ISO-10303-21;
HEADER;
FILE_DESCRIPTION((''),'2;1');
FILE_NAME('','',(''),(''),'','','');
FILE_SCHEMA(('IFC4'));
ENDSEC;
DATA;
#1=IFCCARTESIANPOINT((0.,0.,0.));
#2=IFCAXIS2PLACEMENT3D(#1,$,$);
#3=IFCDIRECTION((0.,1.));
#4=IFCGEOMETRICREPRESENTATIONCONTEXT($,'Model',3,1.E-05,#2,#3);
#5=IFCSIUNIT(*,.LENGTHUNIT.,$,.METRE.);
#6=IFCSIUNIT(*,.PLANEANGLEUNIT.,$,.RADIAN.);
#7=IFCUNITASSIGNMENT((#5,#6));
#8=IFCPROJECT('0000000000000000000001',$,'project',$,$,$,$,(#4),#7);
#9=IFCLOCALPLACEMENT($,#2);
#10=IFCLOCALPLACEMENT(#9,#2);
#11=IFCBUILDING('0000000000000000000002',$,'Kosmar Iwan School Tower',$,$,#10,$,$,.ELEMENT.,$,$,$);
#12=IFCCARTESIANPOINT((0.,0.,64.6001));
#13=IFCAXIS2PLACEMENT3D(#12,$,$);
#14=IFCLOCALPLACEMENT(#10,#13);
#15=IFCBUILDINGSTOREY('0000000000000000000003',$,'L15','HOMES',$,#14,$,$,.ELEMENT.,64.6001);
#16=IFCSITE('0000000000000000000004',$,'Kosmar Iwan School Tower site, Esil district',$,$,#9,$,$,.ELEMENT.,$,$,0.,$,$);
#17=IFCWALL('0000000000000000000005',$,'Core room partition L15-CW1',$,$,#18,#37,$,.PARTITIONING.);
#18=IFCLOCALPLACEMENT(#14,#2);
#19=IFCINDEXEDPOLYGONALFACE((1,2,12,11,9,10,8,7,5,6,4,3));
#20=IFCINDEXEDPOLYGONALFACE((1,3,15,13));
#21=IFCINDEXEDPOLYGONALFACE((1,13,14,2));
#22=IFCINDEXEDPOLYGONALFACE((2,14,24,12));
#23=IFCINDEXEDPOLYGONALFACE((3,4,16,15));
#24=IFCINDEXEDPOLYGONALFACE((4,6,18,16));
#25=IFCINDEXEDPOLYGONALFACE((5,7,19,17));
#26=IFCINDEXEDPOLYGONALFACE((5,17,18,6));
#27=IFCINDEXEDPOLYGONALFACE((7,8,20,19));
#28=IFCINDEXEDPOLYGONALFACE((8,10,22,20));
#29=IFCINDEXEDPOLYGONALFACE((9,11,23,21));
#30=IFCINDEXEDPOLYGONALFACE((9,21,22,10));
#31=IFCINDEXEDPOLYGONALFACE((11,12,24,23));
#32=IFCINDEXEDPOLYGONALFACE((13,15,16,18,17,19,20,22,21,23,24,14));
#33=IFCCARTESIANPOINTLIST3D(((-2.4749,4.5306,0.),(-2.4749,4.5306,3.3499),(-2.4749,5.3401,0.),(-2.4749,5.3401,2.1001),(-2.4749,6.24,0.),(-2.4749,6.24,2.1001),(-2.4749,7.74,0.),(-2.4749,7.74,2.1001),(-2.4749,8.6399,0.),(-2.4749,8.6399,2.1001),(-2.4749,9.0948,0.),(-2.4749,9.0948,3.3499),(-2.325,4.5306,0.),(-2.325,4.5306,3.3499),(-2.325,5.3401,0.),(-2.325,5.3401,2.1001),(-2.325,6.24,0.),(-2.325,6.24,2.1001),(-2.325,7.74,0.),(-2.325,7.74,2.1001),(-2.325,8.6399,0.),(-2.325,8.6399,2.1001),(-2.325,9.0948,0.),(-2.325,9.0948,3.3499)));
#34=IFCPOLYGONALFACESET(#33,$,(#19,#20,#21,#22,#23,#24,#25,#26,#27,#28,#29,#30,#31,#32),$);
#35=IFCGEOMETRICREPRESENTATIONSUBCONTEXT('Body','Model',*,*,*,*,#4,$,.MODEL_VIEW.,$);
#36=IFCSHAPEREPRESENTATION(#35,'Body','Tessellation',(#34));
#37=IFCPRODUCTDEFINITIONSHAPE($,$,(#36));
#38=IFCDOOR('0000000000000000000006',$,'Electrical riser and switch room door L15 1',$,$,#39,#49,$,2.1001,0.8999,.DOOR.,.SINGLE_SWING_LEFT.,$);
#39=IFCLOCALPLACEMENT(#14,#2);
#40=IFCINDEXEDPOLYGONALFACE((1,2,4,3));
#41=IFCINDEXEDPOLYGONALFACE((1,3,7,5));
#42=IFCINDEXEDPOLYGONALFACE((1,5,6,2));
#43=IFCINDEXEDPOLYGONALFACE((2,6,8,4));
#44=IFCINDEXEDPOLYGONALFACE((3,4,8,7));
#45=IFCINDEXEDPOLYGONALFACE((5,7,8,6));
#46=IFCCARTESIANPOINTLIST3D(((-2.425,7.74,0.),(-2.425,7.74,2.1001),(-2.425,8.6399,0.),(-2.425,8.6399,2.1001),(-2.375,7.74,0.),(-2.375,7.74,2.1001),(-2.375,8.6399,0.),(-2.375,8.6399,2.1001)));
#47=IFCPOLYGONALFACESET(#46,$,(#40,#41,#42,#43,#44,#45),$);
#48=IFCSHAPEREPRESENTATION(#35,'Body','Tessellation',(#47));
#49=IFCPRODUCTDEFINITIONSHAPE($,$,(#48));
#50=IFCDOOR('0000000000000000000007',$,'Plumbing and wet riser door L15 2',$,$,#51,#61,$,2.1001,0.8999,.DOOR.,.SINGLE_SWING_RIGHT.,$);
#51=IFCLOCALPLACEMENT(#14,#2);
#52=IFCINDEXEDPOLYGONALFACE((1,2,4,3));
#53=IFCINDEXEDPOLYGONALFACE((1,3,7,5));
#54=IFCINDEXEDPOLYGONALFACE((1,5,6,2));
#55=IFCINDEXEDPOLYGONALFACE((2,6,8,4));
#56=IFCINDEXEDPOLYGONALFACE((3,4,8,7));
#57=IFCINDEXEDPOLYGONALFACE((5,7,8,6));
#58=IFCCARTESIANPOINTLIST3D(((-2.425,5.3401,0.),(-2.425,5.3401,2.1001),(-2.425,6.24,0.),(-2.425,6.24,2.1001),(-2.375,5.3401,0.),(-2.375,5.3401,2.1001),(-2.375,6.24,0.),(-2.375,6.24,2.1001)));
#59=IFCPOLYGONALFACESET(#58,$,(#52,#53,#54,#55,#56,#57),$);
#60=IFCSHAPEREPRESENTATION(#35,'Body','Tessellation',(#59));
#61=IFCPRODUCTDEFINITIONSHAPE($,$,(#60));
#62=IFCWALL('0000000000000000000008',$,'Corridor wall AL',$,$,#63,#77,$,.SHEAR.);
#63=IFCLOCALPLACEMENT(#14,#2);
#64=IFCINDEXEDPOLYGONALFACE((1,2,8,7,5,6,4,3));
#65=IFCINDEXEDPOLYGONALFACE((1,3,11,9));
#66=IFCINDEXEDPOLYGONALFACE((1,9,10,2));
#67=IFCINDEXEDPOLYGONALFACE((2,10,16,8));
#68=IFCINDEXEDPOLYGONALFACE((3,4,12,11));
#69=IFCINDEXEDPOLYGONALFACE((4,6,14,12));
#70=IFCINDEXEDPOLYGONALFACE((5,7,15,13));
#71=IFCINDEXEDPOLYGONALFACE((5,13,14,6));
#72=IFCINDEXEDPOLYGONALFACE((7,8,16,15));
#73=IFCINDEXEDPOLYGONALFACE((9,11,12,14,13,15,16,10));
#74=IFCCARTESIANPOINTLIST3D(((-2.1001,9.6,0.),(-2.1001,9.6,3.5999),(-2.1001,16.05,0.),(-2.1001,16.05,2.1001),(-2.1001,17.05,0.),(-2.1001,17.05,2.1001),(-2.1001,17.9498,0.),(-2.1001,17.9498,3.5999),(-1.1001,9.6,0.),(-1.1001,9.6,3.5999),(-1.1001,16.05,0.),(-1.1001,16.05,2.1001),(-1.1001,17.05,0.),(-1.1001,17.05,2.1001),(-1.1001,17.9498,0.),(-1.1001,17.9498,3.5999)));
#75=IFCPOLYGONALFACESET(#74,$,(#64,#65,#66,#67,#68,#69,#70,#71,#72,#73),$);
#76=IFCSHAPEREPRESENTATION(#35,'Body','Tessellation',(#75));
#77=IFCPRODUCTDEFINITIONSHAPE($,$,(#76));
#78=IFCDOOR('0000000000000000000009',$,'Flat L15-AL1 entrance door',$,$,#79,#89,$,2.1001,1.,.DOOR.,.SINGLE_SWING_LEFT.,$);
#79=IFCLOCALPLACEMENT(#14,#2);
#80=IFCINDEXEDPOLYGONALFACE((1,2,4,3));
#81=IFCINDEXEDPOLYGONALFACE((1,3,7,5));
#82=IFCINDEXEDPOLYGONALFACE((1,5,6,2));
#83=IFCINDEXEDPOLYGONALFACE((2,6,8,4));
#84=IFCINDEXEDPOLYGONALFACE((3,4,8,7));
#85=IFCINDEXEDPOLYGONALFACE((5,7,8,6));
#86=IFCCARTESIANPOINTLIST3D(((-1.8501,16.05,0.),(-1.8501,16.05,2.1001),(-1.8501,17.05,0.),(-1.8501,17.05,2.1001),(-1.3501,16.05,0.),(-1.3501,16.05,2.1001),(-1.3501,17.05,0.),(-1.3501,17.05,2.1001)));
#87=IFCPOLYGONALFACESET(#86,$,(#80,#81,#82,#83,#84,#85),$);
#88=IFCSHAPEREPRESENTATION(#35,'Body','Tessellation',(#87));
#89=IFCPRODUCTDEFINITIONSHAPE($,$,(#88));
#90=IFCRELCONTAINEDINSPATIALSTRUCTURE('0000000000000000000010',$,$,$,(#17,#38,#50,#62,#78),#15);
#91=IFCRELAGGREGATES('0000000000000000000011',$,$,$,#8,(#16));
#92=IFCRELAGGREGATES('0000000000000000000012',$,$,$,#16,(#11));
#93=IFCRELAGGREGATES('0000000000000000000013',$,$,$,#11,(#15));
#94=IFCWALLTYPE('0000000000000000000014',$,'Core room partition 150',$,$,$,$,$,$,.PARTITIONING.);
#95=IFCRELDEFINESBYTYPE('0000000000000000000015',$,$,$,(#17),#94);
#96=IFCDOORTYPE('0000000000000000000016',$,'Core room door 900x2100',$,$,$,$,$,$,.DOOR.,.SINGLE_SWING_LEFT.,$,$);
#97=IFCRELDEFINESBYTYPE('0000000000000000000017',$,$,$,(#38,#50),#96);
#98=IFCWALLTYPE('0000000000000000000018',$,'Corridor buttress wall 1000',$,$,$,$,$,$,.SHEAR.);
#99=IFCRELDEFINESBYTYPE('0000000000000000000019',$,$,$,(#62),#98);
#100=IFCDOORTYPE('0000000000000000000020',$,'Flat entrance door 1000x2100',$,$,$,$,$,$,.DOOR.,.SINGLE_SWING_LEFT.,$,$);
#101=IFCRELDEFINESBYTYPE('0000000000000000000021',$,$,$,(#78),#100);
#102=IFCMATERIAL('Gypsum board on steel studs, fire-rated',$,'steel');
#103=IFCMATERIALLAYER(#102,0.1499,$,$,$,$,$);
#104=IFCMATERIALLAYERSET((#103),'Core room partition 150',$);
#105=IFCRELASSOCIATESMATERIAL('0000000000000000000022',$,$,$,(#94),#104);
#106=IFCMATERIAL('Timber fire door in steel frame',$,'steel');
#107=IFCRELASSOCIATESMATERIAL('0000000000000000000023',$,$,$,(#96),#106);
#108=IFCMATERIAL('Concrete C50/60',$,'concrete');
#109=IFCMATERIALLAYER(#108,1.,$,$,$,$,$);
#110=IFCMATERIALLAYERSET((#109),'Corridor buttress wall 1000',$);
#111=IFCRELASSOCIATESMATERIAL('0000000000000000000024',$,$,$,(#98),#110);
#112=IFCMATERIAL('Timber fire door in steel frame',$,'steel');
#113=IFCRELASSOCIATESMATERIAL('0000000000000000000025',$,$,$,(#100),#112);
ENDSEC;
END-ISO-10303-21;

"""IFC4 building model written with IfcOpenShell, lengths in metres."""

from ifc_helpers import new_model, si_unit, direction, frame, frame_2d, origin, place, context, subcontext, project, spatial, rectangle, extrude, material, layer, layer_set, type_object, element, fill, save


model = new_model("IFC4")

# Units and contexts
model_context = context("Model", 3, precision=1e-05, world=origin(), true_north=direction((0.0, 1.0)))
body_context = subcontext(model_context, "Body", "Model", "MODEL_VIEW")
ifc_project = project(units=[si_unit("LENGTHUNIT", "METRE"), si_unit("PLANEANGLEUNIT", "RADIAN")], contexts=[model_context])

# Site, building, storey
site_placement = place(None, origin())
site = spatial("IfcSite", under=ifc_project, at=site_placement, Name="Kosmar Iwan School Tower site, Esil district", CompositionType="ELEMENT", RefElevation=0.0)
building_placement = place(site_placement, origin())
building = spatial("IfcBuilding", under=site, at=building_placement, Name="Kosmar Iwan School Tower", CompositionType="ELEMENT")
storey_placement = place(building_placement, frame((0.0, 0.0, 64.6001)))
storey = spatial("IfcBuildingStorey", under=building, at=storey_placement, Name="L15", Description="HOMES", CompositionType="ELEMENT", Elevation=64.6001)

# Wall, openings, doors
ifc_material_1 = material(Name="Gypsum board on steel studs, fire-rated", Category="steel")
ifc_layer_1 = layer(ifc_material_1, 0.1499)
ifc_layer_set_1 = layer_set([ifc_layer_1], Name="Core room partition 150")
wall_type_1 = type_object("IfcWallType", Name="Core room partition 150", PredefinedType="PARTITIONING", material=ifc_layer_set_1)
wall_1_placement = place(storey_placement, frame((-2.3999, 9.095, 0.0), z_axis=(0.0, 0.0, 1.0), x_axis=(0.0, -1.0, 0.0)))
wall_1 = element("IfcWall", 1, at=wall_1_placement, inside=storey, type_object=wall_type_1, Name="Core room partition L15-CW1", PredefinedType="PARTITIONING", context=body_context, shape_type="SweptSolid", body=[
    extrude(rectangle(XDim=4.5642, YDim=0.1499, at=frame_2d((2.2822, 0.0))), origin(), (0.0, 0.0, 1.0), 3.3499),
])
opening_1_placement = place(wall_1_placement, frame((0.4551, 0.0, 0.0)))
opening_1 = element("IfcOpeningElement", 2, at=opening_1_placement, cuts=wall_1, PredefinedType="OPENING", context=body_context, shape_type="SweptSolid", body=[
    extrude(rectangle(XDim=0.8999, YDim=2.1001, at=frame_2d((0.45, 1.05))), frame((0.0, 0.0869, 0.0), z_axis=(0.0, -1.0, 0.0), x_axis=(1.0, 0.0, 0.0)), (0.0, 0.0, 1.0), 0.1738),
])
opening_2_placement = place(wall_1_placement, frame((2.855, 0.0, 0.0)))
opening_2 = element("IfcOpeningElement", 3, at=opening_2_placement, cuts=wall_1, PredefinedType="OPENING", context=body_context, shape_type="SweptSolid", body=[
    extrude(rectangle(XDim=0.8999, YDim=2.1001, at=frame_2d((0.45, 1.05))), frame((0.0, 0.0869, 0.0), z_axis=(0.0, -1.0, 0.0), x_axis=(1.0, 0.0, 0.0)), (0.0, 0.0, 1.0), 0.1738),
])
ifc_material_2 = material(Name="Timber fire door in steel frame", Category="steel")
door_type_1 = type_object("IfcDoorType", Name="Core room door 900x2100", OperationType="SINGLE_SWING_LEFT", PredefinedType="DOOR", material=ifc_material_2)
door_1_placement = place(opening_1_placement, origin())
door_1 = element("IfcDoor", 4, at=door_1_placement, inside=storey, type_object=door_type_1, Name="Electrical riser and switch room door L15 1", OperationType="SINGLE_SWING_LEFT", OverallHeight=2.1001, OverallWidth=0.8999, PredefinedType="DOOR", context=body_context, shape_type="SweptSolid", body=[
    extrude(rectangle(XDim=0.8999, YDim=2.1001, at=frame_2d((0.45, 1.05))), frame((0.0, 0.0249, 0.0), z_axis=(0.0, -1.0, 0.0), x_axis=(1.0, 0.0, 0.0)), (0.0, 0.0, 1.0), 0.05),
])
fill(opening_1, door_1)
door_2_placement = place(opening_2_placement, origin())
door_2 = element("IfcDoor", 5, at=door_2_placement, inside=storey, type_object=door_type_1, Name="Plumbing and wet riser door L15 2", OperationType="SINGLE_SWING_RIGHT", OverallHeight=2.1001, OverallWidth=0.8999, PredefinedType="DOOR", context=body_context, shape_type="SweptSolid", body=[
    extrude(rectangle(XDim=0.8999, YDim=2.1001, at=frame_2d((0.45, 1.05))), frame((0.0, 0.0249, 0.0), z_axis=(0.0, -1.0, 0.0), x_axis=(1.0, 0.0, 0.0)), (0.0, 0.0, 1.0), 0.05),
])
fill(opening_2, door_2)

# Wall, opening, door
ifc_material_3 = material(Name="Concrete C50/60", Category="concrete")
ifc_layer_2 = layer(ifc_material_3, 1.0)
ifc_layer_set_2 = layer_set([ifc_layer_2], Name="Corridor buttress wall 1000")
wall_type_2 = type_object("IfcWallType", Name="Corridor buttress wall 1000", PredefinedType="SHEAR", material=ifc_layer_set_2)
wall_2_placement = place(storey_placement, frame((-1.6001, 9.6001, 0.0), z_axis=(0.0, 0.0, 1.0), x_axis=(0.0, 1.0, 0.0)))
wall_2 = element("IfcWall", 6, at=wall_2_placement, inside=storey, type_object=wall_type_2, Name="Corridor wall AL", PredefinedType="SHEAR", context=body_context, shape_type="SweptSolid", body=[
    extrude(rectangle(XDim=8.3499, YDim=1.0, at=frame_2d((4.1748, 0.0))), origin(), (0.0, 0.0, 1.0), 3.5999),
])
opening_3_placement = place(wall_2_placement, frame((6.45, 0.0, 0.0)))
opening_3 = element("IfcOpeningElement", 7, at=opening_3_placement, cuts=wall_2, PredefinedType="OPENING", context=body_context, shape_type="SweptSolid", body=[
    extrude(rectangle(XDim=1.0, YDim=2.1001, at=frame_2d((0.5, 1.05))), frame((0.0, 0.512, 0.0), z_axis=(0.0, -1.0, 0.0), x_axis=(1.0, 0.0, 0.0)), (0.0, 0.0, 1.0), 1.0239),
])
ifc_material_4 = material(Name="Timber fire door in steel frame", Category="steel")
door_type_2 = type_object("IfcDoorType", Name="Flat entrance door 1000x2100", OperationType="SINGLE_SWING_LEFT", PredefinedType="DOOR", material=ifc_material_4)
door_3_placement = place(opening_3_placement, origin())
door_3 = element("IfcDoor", 8, at=door_3_placement, inside=storey, type_object=door_type_2, Name="Flat L15-AL1 entrance door", OperationType="SINGLE_SWING_LEFT", OverallHeight=2.1001, OverallWidth=1.0, PredefinedType="DOOR", context=body_context, shape_type="SweptSolid", body=[
    extrude(rectangle(XDim=1.0, YDim=2.1001, at=frame_2d((0.5, 1.05))), frame((0.0, 0.25, 0.0), z_axis=(0.0, -1.0, 0.0), x_axis=(1.0, 0.0, 0.0)), (0.0, 0.0, 1.0), 0.5),
])
fill(opening_3, door_3)

save(model, "model.ifc")
